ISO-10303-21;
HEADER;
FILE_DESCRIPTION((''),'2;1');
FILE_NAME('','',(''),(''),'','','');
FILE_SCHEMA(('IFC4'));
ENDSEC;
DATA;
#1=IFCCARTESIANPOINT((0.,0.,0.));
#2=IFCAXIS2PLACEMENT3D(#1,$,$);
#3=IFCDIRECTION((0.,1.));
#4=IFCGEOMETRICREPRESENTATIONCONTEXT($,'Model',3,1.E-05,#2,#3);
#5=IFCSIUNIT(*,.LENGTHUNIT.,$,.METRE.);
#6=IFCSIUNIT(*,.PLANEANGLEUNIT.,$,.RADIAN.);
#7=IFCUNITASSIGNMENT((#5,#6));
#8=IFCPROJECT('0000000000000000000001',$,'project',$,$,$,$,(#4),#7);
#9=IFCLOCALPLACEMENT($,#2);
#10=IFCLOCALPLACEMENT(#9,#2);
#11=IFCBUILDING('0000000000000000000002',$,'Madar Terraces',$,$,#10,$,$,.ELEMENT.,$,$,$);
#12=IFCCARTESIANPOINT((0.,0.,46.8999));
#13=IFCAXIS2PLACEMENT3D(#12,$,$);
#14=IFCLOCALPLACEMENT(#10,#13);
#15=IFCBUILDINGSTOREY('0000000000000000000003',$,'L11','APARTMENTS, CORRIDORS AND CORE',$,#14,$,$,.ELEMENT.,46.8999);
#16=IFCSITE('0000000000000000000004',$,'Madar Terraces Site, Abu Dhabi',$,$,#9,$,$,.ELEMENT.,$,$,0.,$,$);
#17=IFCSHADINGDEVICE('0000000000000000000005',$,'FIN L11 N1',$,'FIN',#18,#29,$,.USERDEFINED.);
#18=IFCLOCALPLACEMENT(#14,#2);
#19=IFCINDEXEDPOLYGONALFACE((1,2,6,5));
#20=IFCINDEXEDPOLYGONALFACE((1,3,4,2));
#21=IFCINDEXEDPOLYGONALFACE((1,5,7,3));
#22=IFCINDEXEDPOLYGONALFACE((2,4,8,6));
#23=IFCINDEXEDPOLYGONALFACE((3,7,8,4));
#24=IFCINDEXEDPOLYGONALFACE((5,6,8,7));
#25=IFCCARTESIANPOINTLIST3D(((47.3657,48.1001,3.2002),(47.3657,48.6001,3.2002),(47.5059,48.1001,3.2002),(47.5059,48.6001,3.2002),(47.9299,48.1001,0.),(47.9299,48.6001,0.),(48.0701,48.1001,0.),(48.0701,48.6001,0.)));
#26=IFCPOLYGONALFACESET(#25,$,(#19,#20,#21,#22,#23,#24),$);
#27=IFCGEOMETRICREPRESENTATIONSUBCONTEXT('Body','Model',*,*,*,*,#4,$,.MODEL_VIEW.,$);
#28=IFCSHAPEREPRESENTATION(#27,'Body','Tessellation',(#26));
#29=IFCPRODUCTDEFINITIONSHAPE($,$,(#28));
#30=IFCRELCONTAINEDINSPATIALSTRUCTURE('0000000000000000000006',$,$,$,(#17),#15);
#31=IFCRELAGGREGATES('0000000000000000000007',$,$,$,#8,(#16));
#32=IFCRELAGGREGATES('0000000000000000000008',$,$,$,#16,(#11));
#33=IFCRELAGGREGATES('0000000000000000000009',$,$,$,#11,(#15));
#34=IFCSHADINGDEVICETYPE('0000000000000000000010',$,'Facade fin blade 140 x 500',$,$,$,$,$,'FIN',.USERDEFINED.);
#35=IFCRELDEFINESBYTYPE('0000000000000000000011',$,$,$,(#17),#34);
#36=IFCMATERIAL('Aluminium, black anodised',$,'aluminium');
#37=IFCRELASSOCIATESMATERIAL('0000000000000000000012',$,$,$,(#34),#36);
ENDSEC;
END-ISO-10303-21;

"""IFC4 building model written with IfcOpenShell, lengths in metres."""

from ifc_helpers import new_model, si_unit, direction, frame, origin, place, context, subcontext, project, spatial, polyline, outline, extrude, material, type_object, element, save


model = new_model("IFC4")

# Units and contexts
model_context = context("Model", 3, precision=1e-05, world=origin(), true_north=direction((0.0, 1.0)))
body_context = subcontext(model_context, "Body", "Model", "MODEL_VIEW")
ifc_project = project(units=[si_unit("LENGTHUNIT", "METRE"), si_unit("PLANEANGLEUNIT", "RADIAN")], contexts=[model_context])

# Site, building, storey
site_placement = place(None, origin())
site = spatial("IfcSite", under=ifc_project, at=site_placement, Name="Madar Terraces Site, Abu Dhabi", CompositionType="ELEMENT", RefElevation=0.0)
building_placement = place(site_placement, origin())
building = spatial("IfcBuilding", under=site, at=building_placement, Name="Madar Terraces", CompositionType="ELEMENT")
storey_placement = place(building_placement, frame((0.0, 0.0, 46.8999)))
storey = spatial("IfcBuildingStorey", under=building, at=storey_placement, Name="L11", Description="APARTMENTS, CORRIDORS AND CORE", CompositionType="ELEMENT", Elevation=46.8999)

# Shading device
ifc_material_1 = material(Name="Aluminium, black anodised", Category="aluminium")
shading_device_type = type_object("IfcShadingDeviceType", Name="Facade fin blade 140 x 500", ElementType="FIN", PredefinedType="USERDEFINED", material=ifc_material_1)
shading_device_placement = place(storey_placement, frame((48.0701, 48.3501, 0.0), z_axis=(0.0, 0.0, 1.0), x_axis=(-1.0, 0.0, 0.0)))
element("IfcShadingDevice", 1, at=shading_device_placement, inside=storey, type_object=shading_device_type, Name="FIN L11 N1", ObjectType="FIN", PredefinedType="USERDEFINED", context=body_context, shape_type="SweptSolid", body=[
    extrude(outline(polyline([(0.0, 0.0), (0.1401, 0.0), (0.7043, 3.2002), (0.5642, 3.2002), (0.0, 0.0)])), frame((0.0, 0.25, 0.0), z_axis=(0.0, -1.0, 0.0), x_axis=(1.0, 0.0, 0.0)), (0.0, 0.0, 1.0), 0.5),
])

save(model, "model.ifc")
